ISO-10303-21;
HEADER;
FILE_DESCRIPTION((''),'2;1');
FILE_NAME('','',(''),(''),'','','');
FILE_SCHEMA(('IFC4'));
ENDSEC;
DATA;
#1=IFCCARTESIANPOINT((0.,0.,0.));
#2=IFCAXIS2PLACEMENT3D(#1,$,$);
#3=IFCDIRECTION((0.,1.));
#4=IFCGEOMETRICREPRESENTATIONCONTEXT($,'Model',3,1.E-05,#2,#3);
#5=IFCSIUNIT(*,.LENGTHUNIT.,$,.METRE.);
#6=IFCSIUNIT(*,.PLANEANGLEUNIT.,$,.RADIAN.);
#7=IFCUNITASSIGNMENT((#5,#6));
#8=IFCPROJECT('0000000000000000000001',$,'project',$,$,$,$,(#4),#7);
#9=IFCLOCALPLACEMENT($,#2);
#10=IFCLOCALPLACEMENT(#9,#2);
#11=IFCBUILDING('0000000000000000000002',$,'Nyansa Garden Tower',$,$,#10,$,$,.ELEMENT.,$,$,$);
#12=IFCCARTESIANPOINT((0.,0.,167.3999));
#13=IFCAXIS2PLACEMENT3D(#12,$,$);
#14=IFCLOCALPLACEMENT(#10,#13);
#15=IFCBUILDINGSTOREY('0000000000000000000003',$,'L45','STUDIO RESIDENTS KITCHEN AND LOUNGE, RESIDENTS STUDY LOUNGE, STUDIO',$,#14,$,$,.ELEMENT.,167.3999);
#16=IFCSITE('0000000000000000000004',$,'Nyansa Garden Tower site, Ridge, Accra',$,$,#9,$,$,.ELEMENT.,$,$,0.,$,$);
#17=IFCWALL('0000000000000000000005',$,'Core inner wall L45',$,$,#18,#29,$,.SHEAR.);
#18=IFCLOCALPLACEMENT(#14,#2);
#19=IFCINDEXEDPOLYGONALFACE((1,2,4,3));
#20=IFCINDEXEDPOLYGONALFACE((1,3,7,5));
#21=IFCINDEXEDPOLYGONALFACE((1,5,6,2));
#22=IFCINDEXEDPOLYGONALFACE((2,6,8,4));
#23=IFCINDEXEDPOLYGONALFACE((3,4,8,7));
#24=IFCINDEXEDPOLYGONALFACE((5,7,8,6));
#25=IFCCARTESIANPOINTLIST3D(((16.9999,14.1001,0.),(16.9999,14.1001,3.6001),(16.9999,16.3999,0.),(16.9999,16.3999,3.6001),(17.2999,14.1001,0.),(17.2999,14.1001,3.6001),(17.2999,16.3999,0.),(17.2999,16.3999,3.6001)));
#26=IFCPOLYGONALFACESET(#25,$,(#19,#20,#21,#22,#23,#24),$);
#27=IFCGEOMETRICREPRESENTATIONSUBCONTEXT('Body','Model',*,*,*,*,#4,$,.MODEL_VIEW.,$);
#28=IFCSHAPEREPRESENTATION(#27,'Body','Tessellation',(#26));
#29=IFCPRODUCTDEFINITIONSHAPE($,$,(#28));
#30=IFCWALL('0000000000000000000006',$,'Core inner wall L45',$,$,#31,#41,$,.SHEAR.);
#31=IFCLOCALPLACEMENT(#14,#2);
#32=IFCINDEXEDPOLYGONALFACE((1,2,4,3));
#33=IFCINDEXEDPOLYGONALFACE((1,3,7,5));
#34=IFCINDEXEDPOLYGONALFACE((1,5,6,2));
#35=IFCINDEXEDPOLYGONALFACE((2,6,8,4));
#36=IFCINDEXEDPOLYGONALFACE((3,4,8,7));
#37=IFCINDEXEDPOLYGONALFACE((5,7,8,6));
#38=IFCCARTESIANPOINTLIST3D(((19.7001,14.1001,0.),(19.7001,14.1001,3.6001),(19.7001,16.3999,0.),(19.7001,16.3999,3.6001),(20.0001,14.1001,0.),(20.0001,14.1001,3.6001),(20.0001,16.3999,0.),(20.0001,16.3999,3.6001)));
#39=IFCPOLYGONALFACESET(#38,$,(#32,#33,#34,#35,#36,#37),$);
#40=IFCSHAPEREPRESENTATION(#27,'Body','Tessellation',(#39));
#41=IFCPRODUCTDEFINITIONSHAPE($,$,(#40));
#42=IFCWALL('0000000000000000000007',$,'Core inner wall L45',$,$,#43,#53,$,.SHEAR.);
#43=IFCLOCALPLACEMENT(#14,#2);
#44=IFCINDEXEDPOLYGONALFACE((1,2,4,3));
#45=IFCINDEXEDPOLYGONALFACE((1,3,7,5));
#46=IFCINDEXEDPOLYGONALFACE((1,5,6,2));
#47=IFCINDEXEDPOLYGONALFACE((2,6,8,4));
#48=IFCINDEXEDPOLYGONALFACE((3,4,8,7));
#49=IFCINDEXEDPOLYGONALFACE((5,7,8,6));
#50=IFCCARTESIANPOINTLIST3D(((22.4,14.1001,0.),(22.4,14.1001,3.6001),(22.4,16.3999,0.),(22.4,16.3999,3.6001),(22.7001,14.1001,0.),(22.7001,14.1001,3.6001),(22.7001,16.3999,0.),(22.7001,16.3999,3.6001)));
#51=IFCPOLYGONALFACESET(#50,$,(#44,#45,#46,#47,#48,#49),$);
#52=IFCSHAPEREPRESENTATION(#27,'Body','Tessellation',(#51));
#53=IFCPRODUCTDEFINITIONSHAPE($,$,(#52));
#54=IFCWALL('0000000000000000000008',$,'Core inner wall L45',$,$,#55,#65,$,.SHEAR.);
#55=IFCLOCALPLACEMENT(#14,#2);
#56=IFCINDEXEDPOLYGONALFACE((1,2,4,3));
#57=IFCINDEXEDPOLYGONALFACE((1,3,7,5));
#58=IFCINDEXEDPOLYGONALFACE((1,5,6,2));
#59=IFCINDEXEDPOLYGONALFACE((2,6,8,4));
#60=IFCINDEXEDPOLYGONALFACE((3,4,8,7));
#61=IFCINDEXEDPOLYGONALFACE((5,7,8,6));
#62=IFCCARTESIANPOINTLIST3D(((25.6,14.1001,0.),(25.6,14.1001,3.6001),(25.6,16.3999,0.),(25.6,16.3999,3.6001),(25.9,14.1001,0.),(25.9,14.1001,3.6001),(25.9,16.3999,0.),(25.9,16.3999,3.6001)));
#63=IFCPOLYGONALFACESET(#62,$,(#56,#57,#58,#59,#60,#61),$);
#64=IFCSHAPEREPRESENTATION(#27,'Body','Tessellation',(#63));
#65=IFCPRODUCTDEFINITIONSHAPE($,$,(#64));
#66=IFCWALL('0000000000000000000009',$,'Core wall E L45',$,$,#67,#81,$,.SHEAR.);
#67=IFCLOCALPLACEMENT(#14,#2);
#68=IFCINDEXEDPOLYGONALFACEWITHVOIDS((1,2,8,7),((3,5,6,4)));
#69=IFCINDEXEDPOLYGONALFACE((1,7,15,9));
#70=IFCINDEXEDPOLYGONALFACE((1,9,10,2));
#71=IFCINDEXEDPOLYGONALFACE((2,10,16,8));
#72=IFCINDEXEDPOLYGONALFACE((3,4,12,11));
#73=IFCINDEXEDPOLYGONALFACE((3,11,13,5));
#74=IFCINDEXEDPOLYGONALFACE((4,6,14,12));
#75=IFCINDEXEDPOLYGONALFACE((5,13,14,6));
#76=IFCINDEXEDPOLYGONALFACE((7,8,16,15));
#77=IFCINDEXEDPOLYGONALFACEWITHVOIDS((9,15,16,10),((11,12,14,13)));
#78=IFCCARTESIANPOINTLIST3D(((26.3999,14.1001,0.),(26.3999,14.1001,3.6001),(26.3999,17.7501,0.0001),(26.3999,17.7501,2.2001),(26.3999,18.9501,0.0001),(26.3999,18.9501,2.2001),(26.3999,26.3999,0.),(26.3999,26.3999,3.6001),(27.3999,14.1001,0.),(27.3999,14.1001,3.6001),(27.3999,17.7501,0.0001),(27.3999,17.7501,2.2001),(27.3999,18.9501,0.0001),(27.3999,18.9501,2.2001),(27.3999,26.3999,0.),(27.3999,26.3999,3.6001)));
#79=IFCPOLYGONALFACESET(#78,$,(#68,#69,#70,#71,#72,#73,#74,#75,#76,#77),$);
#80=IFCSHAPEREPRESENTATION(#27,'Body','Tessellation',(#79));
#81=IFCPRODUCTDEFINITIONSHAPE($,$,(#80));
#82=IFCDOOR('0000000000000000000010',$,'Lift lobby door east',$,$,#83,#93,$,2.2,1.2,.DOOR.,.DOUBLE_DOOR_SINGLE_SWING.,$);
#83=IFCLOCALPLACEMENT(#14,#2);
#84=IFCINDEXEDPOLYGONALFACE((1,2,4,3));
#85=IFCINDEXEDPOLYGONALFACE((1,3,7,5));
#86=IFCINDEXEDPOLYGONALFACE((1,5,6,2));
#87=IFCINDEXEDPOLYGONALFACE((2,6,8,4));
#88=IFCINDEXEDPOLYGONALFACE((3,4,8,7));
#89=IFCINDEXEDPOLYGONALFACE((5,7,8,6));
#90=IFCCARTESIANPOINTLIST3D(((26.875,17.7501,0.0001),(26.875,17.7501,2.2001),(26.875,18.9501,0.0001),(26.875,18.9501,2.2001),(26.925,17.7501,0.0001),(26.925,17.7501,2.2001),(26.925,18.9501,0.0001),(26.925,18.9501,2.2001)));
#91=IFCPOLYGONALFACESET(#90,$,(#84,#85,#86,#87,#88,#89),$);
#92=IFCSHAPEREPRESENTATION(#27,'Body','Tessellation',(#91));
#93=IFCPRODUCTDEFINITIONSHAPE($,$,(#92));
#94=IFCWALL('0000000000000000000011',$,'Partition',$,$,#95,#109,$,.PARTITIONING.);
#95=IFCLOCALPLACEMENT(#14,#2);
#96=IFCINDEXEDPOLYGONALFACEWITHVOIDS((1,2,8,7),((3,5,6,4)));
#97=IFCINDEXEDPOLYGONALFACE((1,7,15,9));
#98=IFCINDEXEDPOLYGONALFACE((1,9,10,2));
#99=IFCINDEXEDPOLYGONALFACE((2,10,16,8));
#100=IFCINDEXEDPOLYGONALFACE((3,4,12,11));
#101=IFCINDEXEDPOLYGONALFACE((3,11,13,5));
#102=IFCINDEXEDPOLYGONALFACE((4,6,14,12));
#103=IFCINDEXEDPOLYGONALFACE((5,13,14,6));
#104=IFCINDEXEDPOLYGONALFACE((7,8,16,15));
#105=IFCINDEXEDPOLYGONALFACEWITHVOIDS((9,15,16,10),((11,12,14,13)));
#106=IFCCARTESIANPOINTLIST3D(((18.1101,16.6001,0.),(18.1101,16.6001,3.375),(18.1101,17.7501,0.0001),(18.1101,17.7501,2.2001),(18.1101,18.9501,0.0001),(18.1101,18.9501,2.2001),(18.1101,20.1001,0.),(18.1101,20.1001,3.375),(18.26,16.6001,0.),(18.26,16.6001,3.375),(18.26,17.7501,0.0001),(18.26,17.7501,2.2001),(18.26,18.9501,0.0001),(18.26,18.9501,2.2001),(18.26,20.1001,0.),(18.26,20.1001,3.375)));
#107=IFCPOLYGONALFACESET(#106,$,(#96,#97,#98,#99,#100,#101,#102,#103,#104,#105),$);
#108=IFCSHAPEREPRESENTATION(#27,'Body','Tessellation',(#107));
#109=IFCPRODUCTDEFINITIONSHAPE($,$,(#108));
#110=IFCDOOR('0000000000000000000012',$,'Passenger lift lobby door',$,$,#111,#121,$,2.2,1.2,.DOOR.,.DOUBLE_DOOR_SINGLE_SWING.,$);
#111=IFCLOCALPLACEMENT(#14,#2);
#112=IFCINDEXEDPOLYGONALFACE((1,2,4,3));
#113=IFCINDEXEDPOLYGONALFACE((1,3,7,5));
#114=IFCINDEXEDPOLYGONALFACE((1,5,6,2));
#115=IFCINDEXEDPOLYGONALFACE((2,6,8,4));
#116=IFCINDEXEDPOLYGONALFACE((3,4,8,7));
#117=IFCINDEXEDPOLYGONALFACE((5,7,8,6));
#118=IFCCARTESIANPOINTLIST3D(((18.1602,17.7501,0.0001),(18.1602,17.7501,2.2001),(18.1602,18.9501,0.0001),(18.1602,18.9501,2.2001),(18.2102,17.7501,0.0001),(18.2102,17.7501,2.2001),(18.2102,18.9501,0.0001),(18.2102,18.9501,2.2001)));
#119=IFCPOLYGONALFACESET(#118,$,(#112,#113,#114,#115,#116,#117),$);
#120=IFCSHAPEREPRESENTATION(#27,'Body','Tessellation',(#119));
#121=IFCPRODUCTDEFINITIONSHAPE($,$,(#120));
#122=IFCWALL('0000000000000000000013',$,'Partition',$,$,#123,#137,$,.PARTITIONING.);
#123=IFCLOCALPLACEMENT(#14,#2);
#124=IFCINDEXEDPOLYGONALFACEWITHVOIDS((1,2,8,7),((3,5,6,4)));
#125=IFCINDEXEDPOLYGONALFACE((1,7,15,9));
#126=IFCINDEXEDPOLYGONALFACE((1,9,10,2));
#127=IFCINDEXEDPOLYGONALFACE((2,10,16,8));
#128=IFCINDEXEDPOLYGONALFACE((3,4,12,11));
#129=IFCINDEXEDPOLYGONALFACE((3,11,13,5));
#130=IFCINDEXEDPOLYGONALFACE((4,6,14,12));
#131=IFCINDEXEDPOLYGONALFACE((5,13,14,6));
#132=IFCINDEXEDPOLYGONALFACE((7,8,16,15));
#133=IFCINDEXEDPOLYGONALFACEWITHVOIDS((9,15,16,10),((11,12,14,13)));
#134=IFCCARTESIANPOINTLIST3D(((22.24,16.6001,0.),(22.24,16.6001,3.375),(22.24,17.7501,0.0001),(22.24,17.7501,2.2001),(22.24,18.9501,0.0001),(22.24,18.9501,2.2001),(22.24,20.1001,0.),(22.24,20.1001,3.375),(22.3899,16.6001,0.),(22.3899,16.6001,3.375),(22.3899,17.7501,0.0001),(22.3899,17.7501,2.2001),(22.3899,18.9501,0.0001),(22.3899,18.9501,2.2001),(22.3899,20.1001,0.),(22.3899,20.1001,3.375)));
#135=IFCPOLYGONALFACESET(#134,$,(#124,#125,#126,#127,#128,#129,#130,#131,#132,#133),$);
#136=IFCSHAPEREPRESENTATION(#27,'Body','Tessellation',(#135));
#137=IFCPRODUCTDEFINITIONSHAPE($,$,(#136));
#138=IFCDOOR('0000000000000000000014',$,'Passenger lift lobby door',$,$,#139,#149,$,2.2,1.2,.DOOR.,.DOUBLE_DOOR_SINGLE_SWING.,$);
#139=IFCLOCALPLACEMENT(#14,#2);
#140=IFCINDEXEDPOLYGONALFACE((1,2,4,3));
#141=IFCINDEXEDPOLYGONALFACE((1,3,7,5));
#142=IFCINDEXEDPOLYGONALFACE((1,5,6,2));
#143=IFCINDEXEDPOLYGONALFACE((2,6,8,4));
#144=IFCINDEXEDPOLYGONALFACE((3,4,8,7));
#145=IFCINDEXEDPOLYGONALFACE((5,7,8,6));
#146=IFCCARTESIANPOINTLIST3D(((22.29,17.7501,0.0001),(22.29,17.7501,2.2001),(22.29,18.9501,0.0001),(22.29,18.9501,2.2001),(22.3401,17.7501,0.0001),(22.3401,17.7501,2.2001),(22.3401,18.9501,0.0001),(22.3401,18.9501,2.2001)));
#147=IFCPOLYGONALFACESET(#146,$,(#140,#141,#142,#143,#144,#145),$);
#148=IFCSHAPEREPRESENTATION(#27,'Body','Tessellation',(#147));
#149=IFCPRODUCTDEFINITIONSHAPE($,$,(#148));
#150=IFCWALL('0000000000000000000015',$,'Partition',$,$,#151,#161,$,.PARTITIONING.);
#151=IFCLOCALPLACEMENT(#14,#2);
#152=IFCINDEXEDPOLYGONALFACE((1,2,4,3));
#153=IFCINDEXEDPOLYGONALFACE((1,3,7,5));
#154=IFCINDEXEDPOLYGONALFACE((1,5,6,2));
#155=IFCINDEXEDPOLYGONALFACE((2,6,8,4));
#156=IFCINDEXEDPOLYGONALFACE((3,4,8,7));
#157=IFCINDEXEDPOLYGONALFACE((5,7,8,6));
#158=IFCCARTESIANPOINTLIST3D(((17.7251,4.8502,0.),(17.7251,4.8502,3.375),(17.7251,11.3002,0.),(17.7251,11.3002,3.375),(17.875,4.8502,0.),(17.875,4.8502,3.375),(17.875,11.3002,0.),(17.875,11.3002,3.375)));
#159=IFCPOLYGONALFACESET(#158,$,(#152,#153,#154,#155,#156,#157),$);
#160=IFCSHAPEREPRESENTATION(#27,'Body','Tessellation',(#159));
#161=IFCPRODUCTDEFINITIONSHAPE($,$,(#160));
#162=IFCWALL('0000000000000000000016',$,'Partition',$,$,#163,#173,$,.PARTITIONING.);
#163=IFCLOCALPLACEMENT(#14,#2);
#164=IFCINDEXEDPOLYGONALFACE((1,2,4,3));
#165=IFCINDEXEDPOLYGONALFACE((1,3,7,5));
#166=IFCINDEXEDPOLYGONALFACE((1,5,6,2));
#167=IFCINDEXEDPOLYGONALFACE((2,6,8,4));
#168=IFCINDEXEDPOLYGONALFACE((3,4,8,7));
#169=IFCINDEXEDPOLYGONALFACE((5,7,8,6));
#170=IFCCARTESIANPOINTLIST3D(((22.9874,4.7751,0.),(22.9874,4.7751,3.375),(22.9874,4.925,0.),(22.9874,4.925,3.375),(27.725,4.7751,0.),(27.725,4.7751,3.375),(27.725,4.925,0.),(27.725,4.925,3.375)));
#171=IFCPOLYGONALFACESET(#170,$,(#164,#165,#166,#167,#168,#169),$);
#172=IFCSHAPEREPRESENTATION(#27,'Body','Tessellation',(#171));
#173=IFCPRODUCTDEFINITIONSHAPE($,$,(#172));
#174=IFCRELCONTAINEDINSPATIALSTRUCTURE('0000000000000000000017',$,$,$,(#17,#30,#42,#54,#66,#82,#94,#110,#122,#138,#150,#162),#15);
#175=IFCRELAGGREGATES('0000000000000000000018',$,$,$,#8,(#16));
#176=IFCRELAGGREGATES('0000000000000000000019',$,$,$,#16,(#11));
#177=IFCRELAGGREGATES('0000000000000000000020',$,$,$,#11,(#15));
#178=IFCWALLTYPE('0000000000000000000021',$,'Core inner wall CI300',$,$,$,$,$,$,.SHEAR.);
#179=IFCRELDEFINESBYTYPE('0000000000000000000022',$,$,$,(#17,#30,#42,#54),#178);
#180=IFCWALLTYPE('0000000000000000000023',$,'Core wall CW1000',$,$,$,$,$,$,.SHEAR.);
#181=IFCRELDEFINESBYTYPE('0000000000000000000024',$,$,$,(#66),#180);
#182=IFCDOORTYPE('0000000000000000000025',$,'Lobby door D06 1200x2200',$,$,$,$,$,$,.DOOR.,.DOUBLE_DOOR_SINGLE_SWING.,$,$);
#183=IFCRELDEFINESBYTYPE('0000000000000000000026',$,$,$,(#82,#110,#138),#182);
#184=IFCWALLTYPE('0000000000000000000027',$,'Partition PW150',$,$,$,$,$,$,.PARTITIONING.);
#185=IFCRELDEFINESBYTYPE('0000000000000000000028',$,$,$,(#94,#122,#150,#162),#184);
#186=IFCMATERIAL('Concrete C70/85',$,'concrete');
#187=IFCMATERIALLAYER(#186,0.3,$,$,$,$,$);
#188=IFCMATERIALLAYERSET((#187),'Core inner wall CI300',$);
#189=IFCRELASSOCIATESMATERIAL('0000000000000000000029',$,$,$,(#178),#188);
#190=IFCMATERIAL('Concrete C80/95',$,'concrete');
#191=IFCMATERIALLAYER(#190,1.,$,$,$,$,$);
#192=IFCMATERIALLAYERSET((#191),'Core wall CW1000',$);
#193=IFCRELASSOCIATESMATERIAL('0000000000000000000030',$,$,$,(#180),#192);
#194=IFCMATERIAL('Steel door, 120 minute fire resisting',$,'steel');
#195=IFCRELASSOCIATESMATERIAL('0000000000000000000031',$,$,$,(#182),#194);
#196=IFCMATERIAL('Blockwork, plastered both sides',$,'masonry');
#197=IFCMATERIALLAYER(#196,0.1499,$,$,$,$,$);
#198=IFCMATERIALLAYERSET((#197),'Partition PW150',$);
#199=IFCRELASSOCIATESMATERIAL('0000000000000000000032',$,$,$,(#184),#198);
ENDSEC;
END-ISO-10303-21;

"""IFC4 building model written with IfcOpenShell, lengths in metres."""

from ifc_helpers import new_model, si_unit, direction, frame, frame_2d, origin, place, context, subcontext, project, spatial, rectangle, extrude, material, layer, layer_set, type_object, element, fill, save


model = new_model("IFC4")

# Units and contexts
model_context = context("Model", 3, precision=1e-05, world=origin(), true_north=direction((0.0, 1.0)))
body_context = subcontext(model_context, "Body", "Model", "MODEL_VIEW")
ifc_project = project(units=[si_unit("LENGTHUNIT", "METRE"), si_unit("PLANEANGLEUNIT", "RADIAN")], contexts=[model_context])

# Site, building, storey
site_placement = place(None, origin())
site = spatial("IfcSite", under=ifc_project, at=site_placement, Name="Nyansa Garden Tower site, Ridge, Accra", CompositionType="ELEMENT", RefElevation=0.0)
building_placement = place(site_placement, origin())
building = spatial("IfcBuilding", under=site, at=building_placement, Name="Nyansa Garden Tower", CompositionType="ELEMENT")
storey_placement = place(building_placement, frame((0.0, 0.0, 167.3999)))
storey = spatial("IfcBuildingStorey", under=building, at=storey_placement, Name="L45", Description="STUDIO RESIDENTS KITCHEN AND LOUNGE, RESIDENTS STUDY LOUNGE, STUDIO", CompositionType="ELEMENT", Elevation=167.3999)

# Walls
ifc_material_1 = material(Name="Concrete C70/85", Category="concrete")
ifc_layer_1 = layer(ifc_material_1, 0.3)
ifc_layer_set_1 = layer_set([ifc_layer_1], Name="Core inner wall CI300")
wall_type_1 = type_object("IfcWallType", Name="Core inner wall CI300", PredefinedType="SHEAR", material=ifc_layer_set_1)
for number, where, z_axis, x_axis, name in (
    (1, (17.1499, 14.1001, 0.0), (0.0, 0.0, 1.0), (0.0, 1.0, 0.0), "Core inner wall L45"),
    (2, (19.8501, 14.1001, 0.0), (0.0, 0.0, 1.0), (0.0, 1.0, 0.0), "Core inner wall L45"),
    (3, (22.55, 14.1001, 0.0), (0.0, 0.0, 1.0), (0.0, 1.0, 0.0), "Core inner wall L45"),
    (4, (25.75, 14.1001, 0.0), (0.0, 0.0, 1.0), (0.0, 1.0, 0.0), "Core inner wall L45"),
):
    element("IfcWall", number, at=place(storey_placement, frame(where, z_axis=z_axis, x_axis=x_axis)), inside=storey, type_object=wall_type_1, Name=name, PredefinedType="SHEAR", context=body_context, shape_type="SweptSolid", body=[
        extrude(rectangle(XDim=2.2998, YDim=0.3, at=frame_2d((1.1499, 0.0))), origin(), (0.0, 0.0, 1.0), 3.6001),
    ])

# Walls, openings, doors
ifc_material_2 = material(Name="Concrete C80/95", Category="concrete")
ifc_layer_2 = layer(ifc_material_2, 1.0)
ifc_layer_set_2 = layer_set([ifc_layer_2], Name="Core wall CW1000")
wall_type_2 = type_object("IfcWallType", Name="Core wall CW1000", PredefinedType="SHEAR", material=ifc_layer_set_2)
wall_1_placement = place(storey_placement, frame((26.8999, 14.1001, 0.0), z_axis=(0.0, 0.0, 1.0), x_axis=(0.0, 1.0, 0.0)))
wall_1 = element("IfcWall", 5, at=wall_1_placement, inside=storey, type_object=wall_type_2, Name="Core wall E L45", PredefinedType="SHEAR", context=body_context, shape_type="SweptSolid", body=[
    extrude(rectangle(XDim=12.2998, YDim=1.0, at=frame_2d((6.1499, 0.0))), origin(), (0.0, 0.0, 1.0), 3.6001),
])
opening_1_placement = place(wall_1_placement, frame((3.6499, 0.0, 0.0)))
opening_1 = element("IfcOpeningElement", 6, at=opening_1_placement, cuts=wall_1, PredefinedType="OPENING", context=body_context, shape_type="SweptSolid", body=[
    extrude(rectangle(XDim=1.2, YDim=2.2, at=frame_2d((0.6001, 1.1001))), frame((0.0, 0.51, 0.0), z_axis=(0.0, -1.0, 0.0), x_axis=(1.0, 0.0, 0.0)), (0.0, 0.0, 1.0), 1.02),
])
ifc_material_3 = material(Name="Steel door, 120 minute fire resisting", Category="steel")
door_type_1 = type_object("IfcDoorType", Name="Lobby door D06 1200x2200", OperationType="DOUBLE_DOOR_SINGLE_SWING", PredefinedType="DOOR", material=ifc_material_3)
door_1_placement = place(opening_1_placement, origin())
door_1 = element("IfcDoor", 7, at=door_1_placement, inside=storey, type_object=door_type_1, Name="Lift lobby door east", OperationType="DOUBLE_DOOR_SINGLE_SWING", OverallHeight=2.2, OverallWidth=1.2, PredefinedType="DOOR", context=body_context, shape_type="SweptSolid", body=[
    extrude(rectangle(XDim=1.2, YDim=2.2, at=frame_2d((0.6001, 1.1001))), frame((0.0, 0.0249, 0.0), z_axis=(0.0, -1.0, 0.0), x_axis=(1.0, 0.0, 0.0)), (0.0, 0.0, 1.0), 0.05),
])
fill(opening_1, door_1)
ifc_material_4 = material(Name="Blockwork, plastered both sides", Category="masonry")
ifc_layer_3 = layer(ifc_material_4, 0.1499)
ifc_layer_set_3 = layer_set([ifc_layer_3], Name="Partition PW150")
wall_type_3 = type_object("IfcWallType", Name="Partition PW150", PredefinedType="PARTITIONING", material=ifc_layer_set_3)
wall_2_placement = place(storey_placement, frame((18.1851, 16.6001, 0.0), z_axis=(0.0, 0.0, 1.0), x_axis=(0.0, 1.0, 0.0)))
wall_2 = element("IfcWall", 8, at=wall_2_placement, inside=storey, type_object=wall_type_3, Name="Partition", PredefinedType="PARTITIONING", context=body_context, shape_type="SweptSolid", body=[
    extrude(rectangle(XDim=3.5, YDim=0.1499, at=frame_2d((1.75, 0.0))), origin(), (0.0, 0.0, 1.0), 3.375),
])
opening_2_placement = place(wall_2_placement, frame((1.1499, 0.0, 0.0)))
opening_2 = element("IfcOpeningElement", 9, at=opening_2_placement, cuts=wall_2, PredefinedType="OPENING", context=body_context, shape_type="SweptSolid", body=[
    extrude(rectangle(XDim=1.2, YDim=2.2, at=frame_2d((0.6001, 1.1001))), frame((0.0, 0.085, 0.0), z_axis=(0.0, -1.0, 0.0), x_axis=(1.0, 0.0, 0.0)), (0.0, 0.0, 1.0), 0.1699),
])
door_2_placement = place(opening_2_placement, origin())
door_2 = element("IfcDoor", 10, at=door_2_placement, inside=storey, type_object=door_type_1, Name="Passenger lift lobby door", OperationType="DOUBLE_DOOR_SINGLE_SWING", OverallHeight=2.2, OverallWidth=1.2, PredefinedType="DOOR", context=body_context, shape_type="SweptSolid", body=[
    extrude(rectangle(XDim=1.2, YDim=2.2, at=frame_2d((0.6001, 1.1001))), frame((0.0, 0.0249, 0.0), z_axis=(0.0, -1.0, 0.0), x_axis=(1.0, 0.0, 0.0)), (0.0, 0.0, 1.0), 0.05),
])
fill(opening_2, door_2)
wall_3_placement = place(storey_placement, frame((22.3149, 16.6001, 0.0), z_axis=(0.0, 0.0, 1.0), x_axis=(0.0, 1.0, 0.0)))
wall_3 = element("IfcWall", 11, at=wall_3_placement, inside=storey, type_object=wall_type_3, Name="Partition", PredefinedType="PARTITIONING", context=body_context, shape_type="SweptSolid", body=[
    extrude(rectangle(XDim=3.5, YDim=0.1499, at=frame_2d((1.75, 0.0))), origin(), (0.0, 0.0, 1.0), 3.375),
])
opening_3_placement = place(wall_3_placement, frame((1.1499, 0.0, 0.0)))
opening_3 = element("IfcOpeningElement", 12, at=opening_3_placement, cuts=wall_3, PredefinedType="OPENING", context=body_context, shape_type="SweptSolid", body=[
    extrude(rectangle(XDim=1.2, YDim=2.2, at=frame_2d((0.6001, 1.1001))), frame((0.0, 0.085, 0.0), z_axis=(0.0, -1.0, 0.0), x_axis=(1.0, 0.0, 0.0)), (0.0, 0.0, 1.0), 0.1699),
])
door_3_placement = place(opening_3_placement, origin())
door_3 = element("IfcDoor", 13, at=door_3_placement, inside=storey, type_object=door_type_1, Name="Passenger lift lobby door", OperationType="DOUBLE_DOOR_SINGLE_SWING", OverallHeight=2.2, OverallWidth=1.2, PredefinedType="DOOR", context=body_context, shape_type="SweptSolid", body=[
    extrude(rectangle(XDim=1.2, YDim=2.2, at=frame_2d((0.6001, 1.1001))), frame((0.0, 0.0249, 0.0), z_axis=(0.0, -1.0, 0.0), x_axis=(1.0, 0.0, 0.0)), (0.0, 0.0, 1.0), 0.05),
])
fill(opening_3, door_3)

# Walls
wall_4_placement = place(storey_placement, frame((17.8, 4.8501, 0.0), z_axis=(0.0, 0.0, 1.0), x_axis=(0.0, 1.0, 0.0)))
element("IfcWall", 14, at=wall_4_placement, inside=storey, type_object=wall_type_3, Name="Partition", PredefinedType="PARTITIONING", context=body_context, shape_type="SweptSolid", body=[
    extrude(rectangle(XDim=6.45, YDim=0.1499, at=frame_2d((3.2251, 0.0))), origin(), (0.0, 0.0, 1.0), 3.375),
])
wall_5_placement = place(storey_placement, frame((22.9875, 4.8501, 0.0), z_axis=(0.0, 0.0, 1.0), x_axis=(1.0, 0.0, 0.0)))
element("IfcWall", 15, at=wall_5_placement, inside=storey, type_object=wall_type_3, Name="Partition", PredefinedType="PARTITIONING", context=body_context, shape_type="SweptSolid", body=[
    extrude(rectangle(XDim=4.7375, YDim=0.1499, at=frame_2d((2.3687, 0.0))), origin(), (0.0, 0.0, 1.0), 3.375),
])

save(model, "model.ifc")
